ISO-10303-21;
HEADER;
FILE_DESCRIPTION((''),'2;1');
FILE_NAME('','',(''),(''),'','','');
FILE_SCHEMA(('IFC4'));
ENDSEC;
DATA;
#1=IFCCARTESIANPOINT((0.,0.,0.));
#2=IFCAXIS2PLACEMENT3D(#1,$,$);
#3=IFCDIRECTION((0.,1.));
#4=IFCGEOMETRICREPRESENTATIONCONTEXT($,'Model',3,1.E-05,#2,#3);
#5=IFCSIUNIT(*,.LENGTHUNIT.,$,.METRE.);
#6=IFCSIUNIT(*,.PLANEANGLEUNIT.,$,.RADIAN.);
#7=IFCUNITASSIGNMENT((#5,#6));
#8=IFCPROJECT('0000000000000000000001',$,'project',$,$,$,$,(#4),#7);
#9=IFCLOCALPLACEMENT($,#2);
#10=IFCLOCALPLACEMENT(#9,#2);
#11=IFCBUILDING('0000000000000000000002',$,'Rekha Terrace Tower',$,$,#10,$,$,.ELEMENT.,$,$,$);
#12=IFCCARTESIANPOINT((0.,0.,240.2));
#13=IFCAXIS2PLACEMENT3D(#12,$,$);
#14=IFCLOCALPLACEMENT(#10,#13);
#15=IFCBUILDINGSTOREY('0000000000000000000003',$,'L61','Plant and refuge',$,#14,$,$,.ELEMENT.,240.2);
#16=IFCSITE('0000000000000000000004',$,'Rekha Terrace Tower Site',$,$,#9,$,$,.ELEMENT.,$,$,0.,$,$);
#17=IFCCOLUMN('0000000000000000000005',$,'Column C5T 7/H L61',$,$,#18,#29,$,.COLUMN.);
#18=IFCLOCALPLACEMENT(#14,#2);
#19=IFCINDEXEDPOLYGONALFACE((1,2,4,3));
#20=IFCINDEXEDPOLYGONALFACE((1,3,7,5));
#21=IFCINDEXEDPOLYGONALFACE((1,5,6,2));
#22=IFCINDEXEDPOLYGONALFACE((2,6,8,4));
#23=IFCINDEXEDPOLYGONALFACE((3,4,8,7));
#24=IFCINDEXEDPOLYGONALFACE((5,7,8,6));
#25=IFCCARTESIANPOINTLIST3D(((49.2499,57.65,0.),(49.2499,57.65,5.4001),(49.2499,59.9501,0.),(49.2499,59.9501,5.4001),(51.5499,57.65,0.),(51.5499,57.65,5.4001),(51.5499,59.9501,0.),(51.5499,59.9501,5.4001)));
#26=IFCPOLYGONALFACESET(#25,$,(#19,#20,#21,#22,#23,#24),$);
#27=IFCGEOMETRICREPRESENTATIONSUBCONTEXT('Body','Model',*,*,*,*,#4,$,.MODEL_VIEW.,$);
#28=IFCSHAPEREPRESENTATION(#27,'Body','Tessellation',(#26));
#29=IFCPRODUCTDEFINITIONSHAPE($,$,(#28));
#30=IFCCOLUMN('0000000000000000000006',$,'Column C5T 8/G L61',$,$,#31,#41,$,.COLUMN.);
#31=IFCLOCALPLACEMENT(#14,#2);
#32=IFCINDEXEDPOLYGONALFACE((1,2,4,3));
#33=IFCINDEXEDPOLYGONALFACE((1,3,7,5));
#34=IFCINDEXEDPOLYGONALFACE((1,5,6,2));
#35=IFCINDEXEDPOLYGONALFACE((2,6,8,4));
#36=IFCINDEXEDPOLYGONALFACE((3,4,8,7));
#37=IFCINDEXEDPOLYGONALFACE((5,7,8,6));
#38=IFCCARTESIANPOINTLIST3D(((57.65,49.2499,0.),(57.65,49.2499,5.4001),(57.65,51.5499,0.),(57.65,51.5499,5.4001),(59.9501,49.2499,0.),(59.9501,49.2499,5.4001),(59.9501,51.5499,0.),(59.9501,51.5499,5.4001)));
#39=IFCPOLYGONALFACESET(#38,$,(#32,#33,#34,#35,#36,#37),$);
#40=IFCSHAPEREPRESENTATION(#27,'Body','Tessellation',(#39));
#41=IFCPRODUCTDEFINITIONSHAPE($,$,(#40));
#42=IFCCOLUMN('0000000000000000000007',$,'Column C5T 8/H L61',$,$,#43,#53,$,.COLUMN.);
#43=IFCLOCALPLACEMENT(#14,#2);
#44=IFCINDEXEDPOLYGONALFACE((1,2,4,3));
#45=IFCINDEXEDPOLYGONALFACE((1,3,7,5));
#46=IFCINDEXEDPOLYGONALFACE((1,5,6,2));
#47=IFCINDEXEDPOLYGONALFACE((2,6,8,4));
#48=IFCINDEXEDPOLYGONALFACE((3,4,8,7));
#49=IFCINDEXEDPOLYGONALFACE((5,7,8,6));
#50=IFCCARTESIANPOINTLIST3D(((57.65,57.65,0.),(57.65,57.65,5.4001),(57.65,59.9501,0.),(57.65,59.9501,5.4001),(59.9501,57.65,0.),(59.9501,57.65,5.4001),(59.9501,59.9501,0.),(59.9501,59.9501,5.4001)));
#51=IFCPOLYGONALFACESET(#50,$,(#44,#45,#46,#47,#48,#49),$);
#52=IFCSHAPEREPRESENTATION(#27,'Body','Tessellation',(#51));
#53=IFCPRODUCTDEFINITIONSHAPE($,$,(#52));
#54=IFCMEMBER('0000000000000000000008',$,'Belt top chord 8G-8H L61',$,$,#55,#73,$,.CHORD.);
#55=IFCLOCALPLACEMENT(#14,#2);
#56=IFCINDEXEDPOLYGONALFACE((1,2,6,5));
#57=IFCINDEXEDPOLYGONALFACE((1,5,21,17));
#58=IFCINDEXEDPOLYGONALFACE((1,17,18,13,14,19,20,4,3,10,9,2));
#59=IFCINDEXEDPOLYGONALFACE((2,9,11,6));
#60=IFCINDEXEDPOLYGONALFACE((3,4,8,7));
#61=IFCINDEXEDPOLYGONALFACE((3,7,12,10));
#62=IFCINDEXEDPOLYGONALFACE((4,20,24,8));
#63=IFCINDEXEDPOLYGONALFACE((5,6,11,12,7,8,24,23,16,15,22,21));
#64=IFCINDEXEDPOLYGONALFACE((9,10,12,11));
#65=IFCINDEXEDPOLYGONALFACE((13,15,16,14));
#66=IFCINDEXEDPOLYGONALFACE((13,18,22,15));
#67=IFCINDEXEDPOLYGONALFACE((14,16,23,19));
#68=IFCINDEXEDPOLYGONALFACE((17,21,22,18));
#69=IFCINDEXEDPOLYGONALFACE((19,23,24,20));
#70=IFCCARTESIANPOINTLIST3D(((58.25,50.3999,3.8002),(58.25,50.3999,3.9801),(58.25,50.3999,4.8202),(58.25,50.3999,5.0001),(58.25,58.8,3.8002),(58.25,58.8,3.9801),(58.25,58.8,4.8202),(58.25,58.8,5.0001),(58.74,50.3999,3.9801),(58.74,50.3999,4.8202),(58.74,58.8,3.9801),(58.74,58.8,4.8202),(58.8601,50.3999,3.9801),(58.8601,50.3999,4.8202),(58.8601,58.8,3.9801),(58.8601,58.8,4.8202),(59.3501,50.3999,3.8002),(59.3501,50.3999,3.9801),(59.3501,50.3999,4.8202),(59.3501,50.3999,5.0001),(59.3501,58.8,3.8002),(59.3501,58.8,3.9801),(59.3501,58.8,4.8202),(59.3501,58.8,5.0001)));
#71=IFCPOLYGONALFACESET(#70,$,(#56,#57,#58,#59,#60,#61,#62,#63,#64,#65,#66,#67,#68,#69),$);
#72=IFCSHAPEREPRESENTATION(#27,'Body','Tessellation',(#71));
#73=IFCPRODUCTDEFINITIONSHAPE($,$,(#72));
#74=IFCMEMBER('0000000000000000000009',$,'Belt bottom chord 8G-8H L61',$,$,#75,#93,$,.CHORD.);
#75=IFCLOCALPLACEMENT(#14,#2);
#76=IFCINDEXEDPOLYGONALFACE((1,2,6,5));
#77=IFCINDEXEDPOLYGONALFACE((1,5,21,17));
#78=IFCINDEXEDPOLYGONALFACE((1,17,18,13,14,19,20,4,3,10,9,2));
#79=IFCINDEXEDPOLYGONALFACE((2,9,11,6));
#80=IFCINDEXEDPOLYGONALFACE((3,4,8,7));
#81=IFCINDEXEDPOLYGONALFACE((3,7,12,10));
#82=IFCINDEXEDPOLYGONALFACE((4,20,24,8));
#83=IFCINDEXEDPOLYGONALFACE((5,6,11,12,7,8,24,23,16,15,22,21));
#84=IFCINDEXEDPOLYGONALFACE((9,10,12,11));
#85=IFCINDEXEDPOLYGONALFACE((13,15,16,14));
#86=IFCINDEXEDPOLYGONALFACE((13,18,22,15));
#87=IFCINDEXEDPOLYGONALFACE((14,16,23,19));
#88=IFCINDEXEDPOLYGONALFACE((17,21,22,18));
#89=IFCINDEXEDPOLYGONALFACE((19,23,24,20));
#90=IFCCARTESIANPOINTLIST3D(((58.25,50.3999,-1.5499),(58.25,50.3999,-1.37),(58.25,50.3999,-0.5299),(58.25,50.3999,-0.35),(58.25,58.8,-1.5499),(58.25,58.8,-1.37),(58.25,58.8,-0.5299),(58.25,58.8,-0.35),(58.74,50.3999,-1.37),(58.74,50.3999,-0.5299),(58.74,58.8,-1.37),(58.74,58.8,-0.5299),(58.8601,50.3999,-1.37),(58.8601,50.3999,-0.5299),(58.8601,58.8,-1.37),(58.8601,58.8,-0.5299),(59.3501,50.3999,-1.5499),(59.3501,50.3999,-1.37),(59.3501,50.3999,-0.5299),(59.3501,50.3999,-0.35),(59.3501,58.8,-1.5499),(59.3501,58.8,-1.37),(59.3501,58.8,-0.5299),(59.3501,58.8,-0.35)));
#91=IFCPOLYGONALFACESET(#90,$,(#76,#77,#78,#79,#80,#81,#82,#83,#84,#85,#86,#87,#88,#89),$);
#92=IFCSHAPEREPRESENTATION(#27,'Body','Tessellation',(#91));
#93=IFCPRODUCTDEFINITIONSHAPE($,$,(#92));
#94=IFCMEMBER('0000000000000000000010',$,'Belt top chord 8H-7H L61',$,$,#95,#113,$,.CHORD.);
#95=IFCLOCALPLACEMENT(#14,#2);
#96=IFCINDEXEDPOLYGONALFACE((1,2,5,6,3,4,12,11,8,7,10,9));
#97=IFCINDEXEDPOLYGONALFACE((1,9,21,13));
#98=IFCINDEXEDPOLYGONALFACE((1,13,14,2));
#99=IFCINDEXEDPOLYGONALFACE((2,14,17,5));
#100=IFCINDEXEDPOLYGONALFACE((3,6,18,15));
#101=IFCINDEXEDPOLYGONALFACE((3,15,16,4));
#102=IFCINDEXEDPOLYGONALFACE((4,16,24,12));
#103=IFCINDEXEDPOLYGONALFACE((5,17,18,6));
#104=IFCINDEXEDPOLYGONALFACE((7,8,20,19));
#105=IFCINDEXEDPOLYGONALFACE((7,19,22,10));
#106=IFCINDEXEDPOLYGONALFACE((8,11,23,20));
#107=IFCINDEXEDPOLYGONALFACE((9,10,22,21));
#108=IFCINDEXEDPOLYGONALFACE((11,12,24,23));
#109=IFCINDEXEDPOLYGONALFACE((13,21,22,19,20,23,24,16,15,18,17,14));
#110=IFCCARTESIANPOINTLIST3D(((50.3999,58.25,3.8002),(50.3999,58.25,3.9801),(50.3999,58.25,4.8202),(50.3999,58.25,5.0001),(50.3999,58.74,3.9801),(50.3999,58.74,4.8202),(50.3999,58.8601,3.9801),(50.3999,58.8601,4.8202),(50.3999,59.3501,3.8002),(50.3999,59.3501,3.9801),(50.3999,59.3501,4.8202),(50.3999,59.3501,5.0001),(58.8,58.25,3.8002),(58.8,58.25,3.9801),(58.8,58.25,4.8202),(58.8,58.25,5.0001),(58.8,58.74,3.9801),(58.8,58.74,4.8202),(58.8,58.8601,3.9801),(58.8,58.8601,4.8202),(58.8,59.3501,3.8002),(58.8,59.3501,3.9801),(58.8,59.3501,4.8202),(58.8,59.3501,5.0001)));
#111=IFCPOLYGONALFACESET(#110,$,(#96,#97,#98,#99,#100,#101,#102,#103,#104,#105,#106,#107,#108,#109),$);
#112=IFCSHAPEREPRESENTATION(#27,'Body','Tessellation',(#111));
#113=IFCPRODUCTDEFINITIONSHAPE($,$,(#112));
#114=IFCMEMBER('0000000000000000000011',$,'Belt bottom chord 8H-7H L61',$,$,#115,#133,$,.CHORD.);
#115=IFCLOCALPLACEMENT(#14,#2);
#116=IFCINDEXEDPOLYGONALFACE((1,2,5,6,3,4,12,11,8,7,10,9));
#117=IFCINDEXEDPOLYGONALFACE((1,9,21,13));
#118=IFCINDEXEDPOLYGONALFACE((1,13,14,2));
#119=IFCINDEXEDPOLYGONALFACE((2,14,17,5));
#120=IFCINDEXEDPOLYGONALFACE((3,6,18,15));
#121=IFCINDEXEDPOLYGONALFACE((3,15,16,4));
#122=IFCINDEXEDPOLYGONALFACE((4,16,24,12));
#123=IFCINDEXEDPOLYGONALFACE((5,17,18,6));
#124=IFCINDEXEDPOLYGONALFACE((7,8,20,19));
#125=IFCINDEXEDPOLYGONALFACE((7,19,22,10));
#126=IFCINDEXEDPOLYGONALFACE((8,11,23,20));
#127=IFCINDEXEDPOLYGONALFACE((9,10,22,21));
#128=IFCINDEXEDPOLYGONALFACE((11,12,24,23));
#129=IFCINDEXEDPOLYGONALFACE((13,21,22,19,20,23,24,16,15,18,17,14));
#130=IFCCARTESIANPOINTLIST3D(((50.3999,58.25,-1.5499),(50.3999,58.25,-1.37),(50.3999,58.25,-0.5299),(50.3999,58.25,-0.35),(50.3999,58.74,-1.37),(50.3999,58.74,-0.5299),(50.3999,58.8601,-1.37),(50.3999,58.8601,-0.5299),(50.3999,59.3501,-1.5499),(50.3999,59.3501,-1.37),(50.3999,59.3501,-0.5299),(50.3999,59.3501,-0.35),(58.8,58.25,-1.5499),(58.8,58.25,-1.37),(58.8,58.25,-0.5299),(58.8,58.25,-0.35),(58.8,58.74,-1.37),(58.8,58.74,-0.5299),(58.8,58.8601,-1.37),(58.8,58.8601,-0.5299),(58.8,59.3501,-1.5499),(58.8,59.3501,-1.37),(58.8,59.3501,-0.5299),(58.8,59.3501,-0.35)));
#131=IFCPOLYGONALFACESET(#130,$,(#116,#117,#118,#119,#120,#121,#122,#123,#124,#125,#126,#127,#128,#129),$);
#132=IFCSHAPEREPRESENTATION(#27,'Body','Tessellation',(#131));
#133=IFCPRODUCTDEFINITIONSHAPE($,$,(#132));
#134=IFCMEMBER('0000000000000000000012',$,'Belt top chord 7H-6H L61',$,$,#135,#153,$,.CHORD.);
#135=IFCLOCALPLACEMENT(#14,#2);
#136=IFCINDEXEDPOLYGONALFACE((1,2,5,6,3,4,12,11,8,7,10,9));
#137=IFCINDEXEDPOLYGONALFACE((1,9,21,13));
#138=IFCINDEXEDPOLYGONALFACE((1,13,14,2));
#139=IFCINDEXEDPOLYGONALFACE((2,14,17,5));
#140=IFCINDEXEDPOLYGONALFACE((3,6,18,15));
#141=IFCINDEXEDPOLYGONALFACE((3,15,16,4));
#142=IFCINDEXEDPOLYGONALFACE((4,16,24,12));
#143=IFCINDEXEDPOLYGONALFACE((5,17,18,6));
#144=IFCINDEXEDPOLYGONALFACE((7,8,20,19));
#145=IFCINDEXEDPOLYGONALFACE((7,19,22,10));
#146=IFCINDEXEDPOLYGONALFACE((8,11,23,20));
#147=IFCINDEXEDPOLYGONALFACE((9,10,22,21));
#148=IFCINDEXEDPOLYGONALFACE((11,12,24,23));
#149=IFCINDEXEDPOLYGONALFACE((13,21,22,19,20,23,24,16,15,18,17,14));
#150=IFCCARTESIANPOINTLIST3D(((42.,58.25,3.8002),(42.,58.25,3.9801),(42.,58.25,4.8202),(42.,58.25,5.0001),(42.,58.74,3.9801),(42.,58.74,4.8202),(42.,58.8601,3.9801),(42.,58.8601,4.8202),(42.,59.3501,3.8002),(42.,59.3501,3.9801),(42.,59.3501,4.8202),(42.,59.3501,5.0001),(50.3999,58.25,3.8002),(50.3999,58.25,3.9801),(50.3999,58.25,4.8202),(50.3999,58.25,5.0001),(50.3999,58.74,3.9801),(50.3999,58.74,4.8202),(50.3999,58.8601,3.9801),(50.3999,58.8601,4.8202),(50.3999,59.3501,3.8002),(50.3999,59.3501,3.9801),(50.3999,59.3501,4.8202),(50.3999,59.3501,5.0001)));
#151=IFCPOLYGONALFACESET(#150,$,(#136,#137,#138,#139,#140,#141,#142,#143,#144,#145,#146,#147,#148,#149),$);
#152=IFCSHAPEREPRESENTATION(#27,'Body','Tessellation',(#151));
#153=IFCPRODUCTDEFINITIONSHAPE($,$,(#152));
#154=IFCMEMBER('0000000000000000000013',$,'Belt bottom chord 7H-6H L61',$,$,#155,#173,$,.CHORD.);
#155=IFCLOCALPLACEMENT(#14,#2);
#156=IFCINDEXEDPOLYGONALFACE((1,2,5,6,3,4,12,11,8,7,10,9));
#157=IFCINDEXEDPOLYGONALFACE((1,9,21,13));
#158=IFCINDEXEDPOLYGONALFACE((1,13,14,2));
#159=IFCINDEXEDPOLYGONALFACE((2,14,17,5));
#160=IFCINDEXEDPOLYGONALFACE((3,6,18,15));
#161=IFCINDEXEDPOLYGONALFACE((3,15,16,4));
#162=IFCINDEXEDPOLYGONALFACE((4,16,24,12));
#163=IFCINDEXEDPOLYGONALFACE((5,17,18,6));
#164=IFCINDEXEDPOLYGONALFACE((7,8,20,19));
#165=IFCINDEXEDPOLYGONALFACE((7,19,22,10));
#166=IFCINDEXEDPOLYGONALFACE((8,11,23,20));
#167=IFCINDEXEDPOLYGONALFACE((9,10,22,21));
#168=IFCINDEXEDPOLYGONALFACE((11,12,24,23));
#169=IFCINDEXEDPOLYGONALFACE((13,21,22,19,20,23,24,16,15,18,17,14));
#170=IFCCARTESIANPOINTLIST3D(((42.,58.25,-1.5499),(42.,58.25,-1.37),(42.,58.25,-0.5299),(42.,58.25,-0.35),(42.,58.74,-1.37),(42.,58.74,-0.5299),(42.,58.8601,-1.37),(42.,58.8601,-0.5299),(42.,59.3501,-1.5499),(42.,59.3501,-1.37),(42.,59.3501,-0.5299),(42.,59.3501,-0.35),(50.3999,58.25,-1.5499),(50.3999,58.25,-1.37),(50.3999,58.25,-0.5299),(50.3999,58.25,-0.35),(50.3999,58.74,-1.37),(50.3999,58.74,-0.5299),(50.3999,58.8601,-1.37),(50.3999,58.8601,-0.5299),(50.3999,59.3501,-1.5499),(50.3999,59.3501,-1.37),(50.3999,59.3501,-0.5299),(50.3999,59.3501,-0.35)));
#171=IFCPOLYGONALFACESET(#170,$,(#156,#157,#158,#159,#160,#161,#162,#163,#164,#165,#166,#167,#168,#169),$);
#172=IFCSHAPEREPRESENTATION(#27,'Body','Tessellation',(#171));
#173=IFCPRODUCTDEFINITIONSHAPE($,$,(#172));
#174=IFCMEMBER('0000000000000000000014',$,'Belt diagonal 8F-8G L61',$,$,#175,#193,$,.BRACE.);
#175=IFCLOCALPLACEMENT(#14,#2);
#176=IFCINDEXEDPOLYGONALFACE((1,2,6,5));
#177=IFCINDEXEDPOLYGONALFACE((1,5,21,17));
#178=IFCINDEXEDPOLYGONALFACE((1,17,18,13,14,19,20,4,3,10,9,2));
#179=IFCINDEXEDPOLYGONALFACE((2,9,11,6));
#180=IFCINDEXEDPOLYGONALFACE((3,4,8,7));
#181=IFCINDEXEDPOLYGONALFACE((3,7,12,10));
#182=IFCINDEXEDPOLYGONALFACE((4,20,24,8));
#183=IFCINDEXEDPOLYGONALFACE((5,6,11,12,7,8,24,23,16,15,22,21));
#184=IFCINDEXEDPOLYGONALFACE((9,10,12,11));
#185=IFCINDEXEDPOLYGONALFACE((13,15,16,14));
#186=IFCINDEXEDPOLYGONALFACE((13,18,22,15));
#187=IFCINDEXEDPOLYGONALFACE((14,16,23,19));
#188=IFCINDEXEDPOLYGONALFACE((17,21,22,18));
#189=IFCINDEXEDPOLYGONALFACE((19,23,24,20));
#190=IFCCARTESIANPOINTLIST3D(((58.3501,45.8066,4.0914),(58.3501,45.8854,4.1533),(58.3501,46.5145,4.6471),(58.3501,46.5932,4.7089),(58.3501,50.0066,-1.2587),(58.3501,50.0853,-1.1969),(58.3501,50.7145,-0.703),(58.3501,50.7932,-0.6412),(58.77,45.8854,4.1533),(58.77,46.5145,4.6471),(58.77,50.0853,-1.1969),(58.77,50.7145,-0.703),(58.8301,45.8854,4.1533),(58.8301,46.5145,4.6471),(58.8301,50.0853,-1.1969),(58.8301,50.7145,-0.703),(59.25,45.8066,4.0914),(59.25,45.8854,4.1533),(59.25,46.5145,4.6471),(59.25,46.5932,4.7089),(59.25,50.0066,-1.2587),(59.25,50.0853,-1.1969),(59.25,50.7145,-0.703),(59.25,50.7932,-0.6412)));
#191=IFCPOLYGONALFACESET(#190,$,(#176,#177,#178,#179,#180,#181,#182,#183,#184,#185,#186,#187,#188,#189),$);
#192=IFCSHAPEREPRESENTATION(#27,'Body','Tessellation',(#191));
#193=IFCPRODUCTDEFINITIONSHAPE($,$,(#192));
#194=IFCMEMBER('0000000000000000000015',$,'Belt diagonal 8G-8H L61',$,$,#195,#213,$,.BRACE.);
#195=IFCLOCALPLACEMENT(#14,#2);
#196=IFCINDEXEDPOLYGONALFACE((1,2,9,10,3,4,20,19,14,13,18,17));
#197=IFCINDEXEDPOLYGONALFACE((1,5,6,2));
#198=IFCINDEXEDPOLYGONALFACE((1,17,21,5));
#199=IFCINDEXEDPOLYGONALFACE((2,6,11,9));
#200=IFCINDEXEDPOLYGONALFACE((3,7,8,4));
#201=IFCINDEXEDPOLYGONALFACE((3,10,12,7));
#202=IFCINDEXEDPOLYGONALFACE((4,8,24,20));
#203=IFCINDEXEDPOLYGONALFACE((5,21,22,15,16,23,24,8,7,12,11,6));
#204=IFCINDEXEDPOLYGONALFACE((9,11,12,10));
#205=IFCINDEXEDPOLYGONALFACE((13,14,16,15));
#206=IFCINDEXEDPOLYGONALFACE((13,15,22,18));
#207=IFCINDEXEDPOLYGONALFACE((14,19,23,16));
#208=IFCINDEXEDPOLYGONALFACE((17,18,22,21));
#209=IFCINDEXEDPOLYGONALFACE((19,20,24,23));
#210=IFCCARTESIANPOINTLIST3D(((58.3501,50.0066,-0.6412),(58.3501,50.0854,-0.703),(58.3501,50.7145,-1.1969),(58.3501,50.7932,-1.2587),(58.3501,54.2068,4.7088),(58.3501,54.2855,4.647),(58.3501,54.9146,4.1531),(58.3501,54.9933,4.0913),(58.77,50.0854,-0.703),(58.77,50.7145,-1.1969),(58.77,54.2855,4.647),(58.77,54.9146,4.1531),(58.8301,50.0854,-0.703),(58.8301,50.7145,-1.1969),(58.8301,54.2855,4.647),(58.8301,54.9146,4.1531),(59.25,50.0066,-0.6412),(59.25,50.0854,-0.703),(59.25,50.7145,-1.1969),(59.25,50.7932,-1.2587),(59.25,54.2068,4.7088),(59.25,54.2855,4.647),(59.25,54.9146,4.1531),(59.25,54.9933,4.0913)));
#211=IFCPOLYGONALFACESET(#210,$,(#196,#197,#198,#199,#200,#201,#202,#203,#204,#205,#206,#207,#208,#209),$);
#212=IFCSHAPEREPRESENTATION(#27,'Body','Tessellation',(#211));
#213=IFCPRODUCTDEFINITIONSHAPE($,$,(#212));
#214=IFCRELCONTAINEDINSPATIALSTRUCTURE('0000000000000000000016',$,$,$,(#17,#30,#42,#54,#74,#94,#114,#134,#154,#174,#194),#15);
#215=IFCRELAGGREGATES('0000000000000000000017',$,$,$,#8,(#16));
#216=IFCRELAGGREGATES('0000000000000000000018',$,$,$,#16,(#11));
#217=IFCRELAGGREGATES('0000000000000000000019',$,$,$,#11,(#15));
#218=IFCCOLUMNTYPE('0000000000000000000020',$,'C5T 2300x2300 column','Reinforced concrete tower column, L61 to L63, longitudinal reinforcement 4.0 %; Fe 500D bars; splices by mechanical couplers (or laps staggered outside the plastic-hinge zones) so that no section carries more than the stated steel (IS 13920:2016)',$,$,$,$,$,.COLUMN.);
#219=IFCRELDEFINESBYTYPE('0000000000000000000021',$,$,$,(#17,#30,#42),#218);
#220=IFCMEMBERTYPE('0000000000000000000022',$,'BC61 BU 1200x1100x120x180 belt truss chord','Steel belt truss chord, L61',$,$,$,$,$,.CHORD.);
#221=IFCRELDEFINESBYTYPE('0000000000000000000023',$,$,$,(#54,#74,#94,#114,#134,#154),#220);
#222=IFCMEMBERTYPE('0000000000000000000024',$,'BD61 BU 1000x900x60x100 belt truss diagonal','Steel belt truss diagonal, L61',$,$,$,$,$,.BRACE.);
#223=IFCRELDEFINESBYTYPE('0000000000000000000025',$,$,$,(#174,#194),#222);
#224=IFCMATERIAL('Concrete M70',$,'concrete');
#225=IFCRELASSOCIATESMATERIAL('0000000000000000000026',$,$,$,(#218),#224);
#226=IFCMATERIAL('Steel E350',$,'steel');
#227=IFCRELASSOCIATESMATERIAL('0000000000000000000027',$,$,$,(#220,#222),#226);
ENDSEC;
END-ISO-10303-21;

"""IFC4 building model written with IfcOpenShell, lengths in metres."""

from ifc_helpers import new_model, si_unit, direction, frame, origin, origin_2d, place, context, subcontext, project, spatial, rectangle, i_section, extrude, material, material_profile, profile_set, type_object, element, save


model = new_model("IFC4")

# Units and contexts
model_context = context("Model", 3, precision=1e-05, world=origin(), true_north=direction((0.0, 1.0)))
body_context = subcontext(model_context, "Body", "Model", "MODEL_VIEW")
ifc_project = project(units=[si_unit("LENGTHUNIT", "METRE"), si_unit("PLANEANGLEUNIT", "RADIAN")], contexts=[model_context])

# Site, building, storey
site_placement = place(None, origin())
site = spatial("IfcSite", under=ifc_project, at=site_placement, Name="Rekha Terrace Tower Site", CompositionType="ELEMENT", RefElevation=0.0)
building_placement = place(site_placement, origin())
building = spatial("IfcBuilding", under=site, at=building_placement, Name="Rekha Terrace Tower", CompositionType="ELEMENT")
storey_placement = place(building_placement, frame((0.0, 0.0, 240.2)))
storey = spatial("IfcBuildingStorey", under=building, at=storey_placement, Name="L61", Description="Plant and refuge", CompositionType="ELEMENT", Elevation=240.2)

# Columns
ifc_material_1 = material(Name="Concrete M70", Category="concrete")
ifc_material_profile_1 = material_profile(ifc_material_1, rectangle(XDim=2.3, YDim=2.3, at=origin_2d()), Name="RC 2300x2300")
ifc_profile_set_1 = profile_set([ifc_material_profile_1], Name="Concrete M70")
column_type = type_object("IfcColumnType", Name="C5T 2300x2300 column", Description="Reinforced concrete tower column, L61 to L63, longitudinal reinforcement 4.0 %; Fe 500D bars; splices by mechanical couplers (or laps staggered outside the plastic-hinge zones) so that no section carries more than the stated steel (IS 13920:2016)", PredefinedType="COLUMN", material=ifc_profile_set_1)
for number, where, z_axis, x_axis, name in (
    (1, (50.3999, 58.8, 0.0), (0.0, 0.0, 1.0), (1.0, 0.0, 0.0), "Column C5T 7/H L61"),
    (2, (58.8, 50.3999, 0.0), (0.0, 0.0, 1.0), (1.0, 0.0, 0.0), "Column C5T 8/G L61"),
    (3, (58.8, 58.8, 0.0), (0.0, 0.0, 1.0), (1.0, 0.0, 0.0), "Column C5T 8/H L61"),
):
    element("IfcColumn", number, at=place(storey_placement, frame(where, z_axis=z_axis, x_axis=x_axis)), inside=storey, type_object=column_type, Name=name, PredefinedType="COLUMN", context=body_context, shape_type="SweptSolid", body=[
        extrude(rectangle(XDim=2.3, YDim=2.3, at=origin_2d()), origin(), (0.0, 0.0, 1.0), 5.4001),
    ])

# Members
ifc_material_2 = material(Name="Steel E350", Category="steel")
ifc_material_profile_2 = material_profile(ifc_material_2, i_section(OverallWidth=1.1001, OverallDepth=1.2, WebThickness=0.1201, FlangeThickness=0.1799, at=origin_2d()), Name="BU 1200x1100x120x180")
ifc_profile_set_2 = profile_set([ifc_material_profile_2], Name="Steel E350")
member_type_1 = type_object("IfcMemberType", Name="BC61 BU 1200x1100x120x180 belt truss chord", Description="Steel belt truss chord, L61", PredefinedType="CHORD", material=ifc_profile_set_2)
for number, where, z_axis, x_axis, name in (
    (4, (58.8, 50.3999, 4.4001), (0.0, 1.0, 0.0), (-1.0, 0.0, 0.0), "Belt top chord 8G-8H L61"),
    (5, (58.8, 50.3999, -0.95), (0.0, 1.0, 0.0), (-1.0, 0.0, 0.0), "Belt bottom chord 8G-8H L61"),
    (6, (58.8, 58.8, 4.4001), (-1.0, 0.0, 0.0), (0.0, -1.0, 0.0), "Belt top chord 8H-7H L61"),
    (7, (58.8, 58.8, -0.95), (-1.0, 0.0, 0.0), (0.0, -1.0, 0.0), "Belt bottom chord 8H-7H L61"),
):
    element("IfcMember", number, at=place(storey_placement, frame(where, z_axis=z_axis, x_axis=x_axis)), inside=storey, type_object=member_type_1, Name=name, PredefinedType="CHORD", context=body_context, shape_type="SweptSolid", body=[
        extrude(i_section(OverallWidth=1.1001, OverallDepth=1.2, WebThickness=0.1201, FlangeThickness=0.1799, at=origin_2d()), origin(), (0.0, 0.0, 1.0), 8.4001),
    ])
for number, where, z_axis, x_axis, name in (
    (8, (50.3999, 58.8, 4.4001), (-1.0, 0.0, 0.0), (0.0, -1.0, 0.0), "Belt top chord 7H-6H L61"),
    (9, (50.3999, 58.8, -0.95), (-1.0, 0.0, 0.0), (0.0, -1.0, 0.0), "Belt bottom chord 7H-6H L61"),
):
    element("IfcMember", number, at=place(storey_placement, frame(where, z_axis=z_axis, x_axis=x_axis)), inside=storey, type_object=member_type_1, Name=name, PredefinedType="CHORD", context=body_context, shape_type="SweptSolid", body=[
        extrude(i_section(OverallWidth=1.1001, OverallDepth=1.2, WebThickness=0.1201, FlangeThickness=0.1799, at=origin_2d()), origin(), (0.0, 0.0, 1.0), 8.3999),
    ])
ifc_material_profile_3 = material_profile(ifc_material_2, i_section(OverallWidth=0.8999, OverallDepth=1.0, WebThickness=0.0601, FlangeThickness=0.1001, at=origin_2d()), Name="BU 1000x900x60x100")
ifc_profile_set_3 = profile_set([ifc_material_profile_3], Name="Steel E350")
member_type_2 = type_object("IfcMemberType", Name="BD61 BU 1000x900x60x100 belt truss diagonal", Description="Steel belt truss diagonal, L61", PredefinedType="BRACE", material=ifc_profile_set_3)
for number, where, z_axis, x_axis, name in (
    (10, (58.8, 50.3999, -0.95), (0.0, -0.617485, 0.786582), (1.0, 0.0, 0.0), "Belt diagonal 8F-8G L61"),
    (11, (58.8, 50.3999, -0.95), (0.0, 0.617508, 0.786565), (-1.0, 0.0, 0.0), "Belt diagonal 8G-8H L61"),
):
    element("IfcMember", number, at=place(storey_placement, frame(where, z_axis=z_axis, x_axis=x_axis)), inside=storey, type_object=member_type_2, Name=name, PredefinedType="BRACE", context=body_context, shape_type="SweptSolid", body=[
        extrude(i_section(OverallWidth=0.8999, OverallDepth=1.0, WebThickness=0.0601, FlangeThickness=0.1001, at=origin_2d()), origin(), (0.0, 0.0, 1.0), 6.8018),
    ])

save(model, "model.ifc")
